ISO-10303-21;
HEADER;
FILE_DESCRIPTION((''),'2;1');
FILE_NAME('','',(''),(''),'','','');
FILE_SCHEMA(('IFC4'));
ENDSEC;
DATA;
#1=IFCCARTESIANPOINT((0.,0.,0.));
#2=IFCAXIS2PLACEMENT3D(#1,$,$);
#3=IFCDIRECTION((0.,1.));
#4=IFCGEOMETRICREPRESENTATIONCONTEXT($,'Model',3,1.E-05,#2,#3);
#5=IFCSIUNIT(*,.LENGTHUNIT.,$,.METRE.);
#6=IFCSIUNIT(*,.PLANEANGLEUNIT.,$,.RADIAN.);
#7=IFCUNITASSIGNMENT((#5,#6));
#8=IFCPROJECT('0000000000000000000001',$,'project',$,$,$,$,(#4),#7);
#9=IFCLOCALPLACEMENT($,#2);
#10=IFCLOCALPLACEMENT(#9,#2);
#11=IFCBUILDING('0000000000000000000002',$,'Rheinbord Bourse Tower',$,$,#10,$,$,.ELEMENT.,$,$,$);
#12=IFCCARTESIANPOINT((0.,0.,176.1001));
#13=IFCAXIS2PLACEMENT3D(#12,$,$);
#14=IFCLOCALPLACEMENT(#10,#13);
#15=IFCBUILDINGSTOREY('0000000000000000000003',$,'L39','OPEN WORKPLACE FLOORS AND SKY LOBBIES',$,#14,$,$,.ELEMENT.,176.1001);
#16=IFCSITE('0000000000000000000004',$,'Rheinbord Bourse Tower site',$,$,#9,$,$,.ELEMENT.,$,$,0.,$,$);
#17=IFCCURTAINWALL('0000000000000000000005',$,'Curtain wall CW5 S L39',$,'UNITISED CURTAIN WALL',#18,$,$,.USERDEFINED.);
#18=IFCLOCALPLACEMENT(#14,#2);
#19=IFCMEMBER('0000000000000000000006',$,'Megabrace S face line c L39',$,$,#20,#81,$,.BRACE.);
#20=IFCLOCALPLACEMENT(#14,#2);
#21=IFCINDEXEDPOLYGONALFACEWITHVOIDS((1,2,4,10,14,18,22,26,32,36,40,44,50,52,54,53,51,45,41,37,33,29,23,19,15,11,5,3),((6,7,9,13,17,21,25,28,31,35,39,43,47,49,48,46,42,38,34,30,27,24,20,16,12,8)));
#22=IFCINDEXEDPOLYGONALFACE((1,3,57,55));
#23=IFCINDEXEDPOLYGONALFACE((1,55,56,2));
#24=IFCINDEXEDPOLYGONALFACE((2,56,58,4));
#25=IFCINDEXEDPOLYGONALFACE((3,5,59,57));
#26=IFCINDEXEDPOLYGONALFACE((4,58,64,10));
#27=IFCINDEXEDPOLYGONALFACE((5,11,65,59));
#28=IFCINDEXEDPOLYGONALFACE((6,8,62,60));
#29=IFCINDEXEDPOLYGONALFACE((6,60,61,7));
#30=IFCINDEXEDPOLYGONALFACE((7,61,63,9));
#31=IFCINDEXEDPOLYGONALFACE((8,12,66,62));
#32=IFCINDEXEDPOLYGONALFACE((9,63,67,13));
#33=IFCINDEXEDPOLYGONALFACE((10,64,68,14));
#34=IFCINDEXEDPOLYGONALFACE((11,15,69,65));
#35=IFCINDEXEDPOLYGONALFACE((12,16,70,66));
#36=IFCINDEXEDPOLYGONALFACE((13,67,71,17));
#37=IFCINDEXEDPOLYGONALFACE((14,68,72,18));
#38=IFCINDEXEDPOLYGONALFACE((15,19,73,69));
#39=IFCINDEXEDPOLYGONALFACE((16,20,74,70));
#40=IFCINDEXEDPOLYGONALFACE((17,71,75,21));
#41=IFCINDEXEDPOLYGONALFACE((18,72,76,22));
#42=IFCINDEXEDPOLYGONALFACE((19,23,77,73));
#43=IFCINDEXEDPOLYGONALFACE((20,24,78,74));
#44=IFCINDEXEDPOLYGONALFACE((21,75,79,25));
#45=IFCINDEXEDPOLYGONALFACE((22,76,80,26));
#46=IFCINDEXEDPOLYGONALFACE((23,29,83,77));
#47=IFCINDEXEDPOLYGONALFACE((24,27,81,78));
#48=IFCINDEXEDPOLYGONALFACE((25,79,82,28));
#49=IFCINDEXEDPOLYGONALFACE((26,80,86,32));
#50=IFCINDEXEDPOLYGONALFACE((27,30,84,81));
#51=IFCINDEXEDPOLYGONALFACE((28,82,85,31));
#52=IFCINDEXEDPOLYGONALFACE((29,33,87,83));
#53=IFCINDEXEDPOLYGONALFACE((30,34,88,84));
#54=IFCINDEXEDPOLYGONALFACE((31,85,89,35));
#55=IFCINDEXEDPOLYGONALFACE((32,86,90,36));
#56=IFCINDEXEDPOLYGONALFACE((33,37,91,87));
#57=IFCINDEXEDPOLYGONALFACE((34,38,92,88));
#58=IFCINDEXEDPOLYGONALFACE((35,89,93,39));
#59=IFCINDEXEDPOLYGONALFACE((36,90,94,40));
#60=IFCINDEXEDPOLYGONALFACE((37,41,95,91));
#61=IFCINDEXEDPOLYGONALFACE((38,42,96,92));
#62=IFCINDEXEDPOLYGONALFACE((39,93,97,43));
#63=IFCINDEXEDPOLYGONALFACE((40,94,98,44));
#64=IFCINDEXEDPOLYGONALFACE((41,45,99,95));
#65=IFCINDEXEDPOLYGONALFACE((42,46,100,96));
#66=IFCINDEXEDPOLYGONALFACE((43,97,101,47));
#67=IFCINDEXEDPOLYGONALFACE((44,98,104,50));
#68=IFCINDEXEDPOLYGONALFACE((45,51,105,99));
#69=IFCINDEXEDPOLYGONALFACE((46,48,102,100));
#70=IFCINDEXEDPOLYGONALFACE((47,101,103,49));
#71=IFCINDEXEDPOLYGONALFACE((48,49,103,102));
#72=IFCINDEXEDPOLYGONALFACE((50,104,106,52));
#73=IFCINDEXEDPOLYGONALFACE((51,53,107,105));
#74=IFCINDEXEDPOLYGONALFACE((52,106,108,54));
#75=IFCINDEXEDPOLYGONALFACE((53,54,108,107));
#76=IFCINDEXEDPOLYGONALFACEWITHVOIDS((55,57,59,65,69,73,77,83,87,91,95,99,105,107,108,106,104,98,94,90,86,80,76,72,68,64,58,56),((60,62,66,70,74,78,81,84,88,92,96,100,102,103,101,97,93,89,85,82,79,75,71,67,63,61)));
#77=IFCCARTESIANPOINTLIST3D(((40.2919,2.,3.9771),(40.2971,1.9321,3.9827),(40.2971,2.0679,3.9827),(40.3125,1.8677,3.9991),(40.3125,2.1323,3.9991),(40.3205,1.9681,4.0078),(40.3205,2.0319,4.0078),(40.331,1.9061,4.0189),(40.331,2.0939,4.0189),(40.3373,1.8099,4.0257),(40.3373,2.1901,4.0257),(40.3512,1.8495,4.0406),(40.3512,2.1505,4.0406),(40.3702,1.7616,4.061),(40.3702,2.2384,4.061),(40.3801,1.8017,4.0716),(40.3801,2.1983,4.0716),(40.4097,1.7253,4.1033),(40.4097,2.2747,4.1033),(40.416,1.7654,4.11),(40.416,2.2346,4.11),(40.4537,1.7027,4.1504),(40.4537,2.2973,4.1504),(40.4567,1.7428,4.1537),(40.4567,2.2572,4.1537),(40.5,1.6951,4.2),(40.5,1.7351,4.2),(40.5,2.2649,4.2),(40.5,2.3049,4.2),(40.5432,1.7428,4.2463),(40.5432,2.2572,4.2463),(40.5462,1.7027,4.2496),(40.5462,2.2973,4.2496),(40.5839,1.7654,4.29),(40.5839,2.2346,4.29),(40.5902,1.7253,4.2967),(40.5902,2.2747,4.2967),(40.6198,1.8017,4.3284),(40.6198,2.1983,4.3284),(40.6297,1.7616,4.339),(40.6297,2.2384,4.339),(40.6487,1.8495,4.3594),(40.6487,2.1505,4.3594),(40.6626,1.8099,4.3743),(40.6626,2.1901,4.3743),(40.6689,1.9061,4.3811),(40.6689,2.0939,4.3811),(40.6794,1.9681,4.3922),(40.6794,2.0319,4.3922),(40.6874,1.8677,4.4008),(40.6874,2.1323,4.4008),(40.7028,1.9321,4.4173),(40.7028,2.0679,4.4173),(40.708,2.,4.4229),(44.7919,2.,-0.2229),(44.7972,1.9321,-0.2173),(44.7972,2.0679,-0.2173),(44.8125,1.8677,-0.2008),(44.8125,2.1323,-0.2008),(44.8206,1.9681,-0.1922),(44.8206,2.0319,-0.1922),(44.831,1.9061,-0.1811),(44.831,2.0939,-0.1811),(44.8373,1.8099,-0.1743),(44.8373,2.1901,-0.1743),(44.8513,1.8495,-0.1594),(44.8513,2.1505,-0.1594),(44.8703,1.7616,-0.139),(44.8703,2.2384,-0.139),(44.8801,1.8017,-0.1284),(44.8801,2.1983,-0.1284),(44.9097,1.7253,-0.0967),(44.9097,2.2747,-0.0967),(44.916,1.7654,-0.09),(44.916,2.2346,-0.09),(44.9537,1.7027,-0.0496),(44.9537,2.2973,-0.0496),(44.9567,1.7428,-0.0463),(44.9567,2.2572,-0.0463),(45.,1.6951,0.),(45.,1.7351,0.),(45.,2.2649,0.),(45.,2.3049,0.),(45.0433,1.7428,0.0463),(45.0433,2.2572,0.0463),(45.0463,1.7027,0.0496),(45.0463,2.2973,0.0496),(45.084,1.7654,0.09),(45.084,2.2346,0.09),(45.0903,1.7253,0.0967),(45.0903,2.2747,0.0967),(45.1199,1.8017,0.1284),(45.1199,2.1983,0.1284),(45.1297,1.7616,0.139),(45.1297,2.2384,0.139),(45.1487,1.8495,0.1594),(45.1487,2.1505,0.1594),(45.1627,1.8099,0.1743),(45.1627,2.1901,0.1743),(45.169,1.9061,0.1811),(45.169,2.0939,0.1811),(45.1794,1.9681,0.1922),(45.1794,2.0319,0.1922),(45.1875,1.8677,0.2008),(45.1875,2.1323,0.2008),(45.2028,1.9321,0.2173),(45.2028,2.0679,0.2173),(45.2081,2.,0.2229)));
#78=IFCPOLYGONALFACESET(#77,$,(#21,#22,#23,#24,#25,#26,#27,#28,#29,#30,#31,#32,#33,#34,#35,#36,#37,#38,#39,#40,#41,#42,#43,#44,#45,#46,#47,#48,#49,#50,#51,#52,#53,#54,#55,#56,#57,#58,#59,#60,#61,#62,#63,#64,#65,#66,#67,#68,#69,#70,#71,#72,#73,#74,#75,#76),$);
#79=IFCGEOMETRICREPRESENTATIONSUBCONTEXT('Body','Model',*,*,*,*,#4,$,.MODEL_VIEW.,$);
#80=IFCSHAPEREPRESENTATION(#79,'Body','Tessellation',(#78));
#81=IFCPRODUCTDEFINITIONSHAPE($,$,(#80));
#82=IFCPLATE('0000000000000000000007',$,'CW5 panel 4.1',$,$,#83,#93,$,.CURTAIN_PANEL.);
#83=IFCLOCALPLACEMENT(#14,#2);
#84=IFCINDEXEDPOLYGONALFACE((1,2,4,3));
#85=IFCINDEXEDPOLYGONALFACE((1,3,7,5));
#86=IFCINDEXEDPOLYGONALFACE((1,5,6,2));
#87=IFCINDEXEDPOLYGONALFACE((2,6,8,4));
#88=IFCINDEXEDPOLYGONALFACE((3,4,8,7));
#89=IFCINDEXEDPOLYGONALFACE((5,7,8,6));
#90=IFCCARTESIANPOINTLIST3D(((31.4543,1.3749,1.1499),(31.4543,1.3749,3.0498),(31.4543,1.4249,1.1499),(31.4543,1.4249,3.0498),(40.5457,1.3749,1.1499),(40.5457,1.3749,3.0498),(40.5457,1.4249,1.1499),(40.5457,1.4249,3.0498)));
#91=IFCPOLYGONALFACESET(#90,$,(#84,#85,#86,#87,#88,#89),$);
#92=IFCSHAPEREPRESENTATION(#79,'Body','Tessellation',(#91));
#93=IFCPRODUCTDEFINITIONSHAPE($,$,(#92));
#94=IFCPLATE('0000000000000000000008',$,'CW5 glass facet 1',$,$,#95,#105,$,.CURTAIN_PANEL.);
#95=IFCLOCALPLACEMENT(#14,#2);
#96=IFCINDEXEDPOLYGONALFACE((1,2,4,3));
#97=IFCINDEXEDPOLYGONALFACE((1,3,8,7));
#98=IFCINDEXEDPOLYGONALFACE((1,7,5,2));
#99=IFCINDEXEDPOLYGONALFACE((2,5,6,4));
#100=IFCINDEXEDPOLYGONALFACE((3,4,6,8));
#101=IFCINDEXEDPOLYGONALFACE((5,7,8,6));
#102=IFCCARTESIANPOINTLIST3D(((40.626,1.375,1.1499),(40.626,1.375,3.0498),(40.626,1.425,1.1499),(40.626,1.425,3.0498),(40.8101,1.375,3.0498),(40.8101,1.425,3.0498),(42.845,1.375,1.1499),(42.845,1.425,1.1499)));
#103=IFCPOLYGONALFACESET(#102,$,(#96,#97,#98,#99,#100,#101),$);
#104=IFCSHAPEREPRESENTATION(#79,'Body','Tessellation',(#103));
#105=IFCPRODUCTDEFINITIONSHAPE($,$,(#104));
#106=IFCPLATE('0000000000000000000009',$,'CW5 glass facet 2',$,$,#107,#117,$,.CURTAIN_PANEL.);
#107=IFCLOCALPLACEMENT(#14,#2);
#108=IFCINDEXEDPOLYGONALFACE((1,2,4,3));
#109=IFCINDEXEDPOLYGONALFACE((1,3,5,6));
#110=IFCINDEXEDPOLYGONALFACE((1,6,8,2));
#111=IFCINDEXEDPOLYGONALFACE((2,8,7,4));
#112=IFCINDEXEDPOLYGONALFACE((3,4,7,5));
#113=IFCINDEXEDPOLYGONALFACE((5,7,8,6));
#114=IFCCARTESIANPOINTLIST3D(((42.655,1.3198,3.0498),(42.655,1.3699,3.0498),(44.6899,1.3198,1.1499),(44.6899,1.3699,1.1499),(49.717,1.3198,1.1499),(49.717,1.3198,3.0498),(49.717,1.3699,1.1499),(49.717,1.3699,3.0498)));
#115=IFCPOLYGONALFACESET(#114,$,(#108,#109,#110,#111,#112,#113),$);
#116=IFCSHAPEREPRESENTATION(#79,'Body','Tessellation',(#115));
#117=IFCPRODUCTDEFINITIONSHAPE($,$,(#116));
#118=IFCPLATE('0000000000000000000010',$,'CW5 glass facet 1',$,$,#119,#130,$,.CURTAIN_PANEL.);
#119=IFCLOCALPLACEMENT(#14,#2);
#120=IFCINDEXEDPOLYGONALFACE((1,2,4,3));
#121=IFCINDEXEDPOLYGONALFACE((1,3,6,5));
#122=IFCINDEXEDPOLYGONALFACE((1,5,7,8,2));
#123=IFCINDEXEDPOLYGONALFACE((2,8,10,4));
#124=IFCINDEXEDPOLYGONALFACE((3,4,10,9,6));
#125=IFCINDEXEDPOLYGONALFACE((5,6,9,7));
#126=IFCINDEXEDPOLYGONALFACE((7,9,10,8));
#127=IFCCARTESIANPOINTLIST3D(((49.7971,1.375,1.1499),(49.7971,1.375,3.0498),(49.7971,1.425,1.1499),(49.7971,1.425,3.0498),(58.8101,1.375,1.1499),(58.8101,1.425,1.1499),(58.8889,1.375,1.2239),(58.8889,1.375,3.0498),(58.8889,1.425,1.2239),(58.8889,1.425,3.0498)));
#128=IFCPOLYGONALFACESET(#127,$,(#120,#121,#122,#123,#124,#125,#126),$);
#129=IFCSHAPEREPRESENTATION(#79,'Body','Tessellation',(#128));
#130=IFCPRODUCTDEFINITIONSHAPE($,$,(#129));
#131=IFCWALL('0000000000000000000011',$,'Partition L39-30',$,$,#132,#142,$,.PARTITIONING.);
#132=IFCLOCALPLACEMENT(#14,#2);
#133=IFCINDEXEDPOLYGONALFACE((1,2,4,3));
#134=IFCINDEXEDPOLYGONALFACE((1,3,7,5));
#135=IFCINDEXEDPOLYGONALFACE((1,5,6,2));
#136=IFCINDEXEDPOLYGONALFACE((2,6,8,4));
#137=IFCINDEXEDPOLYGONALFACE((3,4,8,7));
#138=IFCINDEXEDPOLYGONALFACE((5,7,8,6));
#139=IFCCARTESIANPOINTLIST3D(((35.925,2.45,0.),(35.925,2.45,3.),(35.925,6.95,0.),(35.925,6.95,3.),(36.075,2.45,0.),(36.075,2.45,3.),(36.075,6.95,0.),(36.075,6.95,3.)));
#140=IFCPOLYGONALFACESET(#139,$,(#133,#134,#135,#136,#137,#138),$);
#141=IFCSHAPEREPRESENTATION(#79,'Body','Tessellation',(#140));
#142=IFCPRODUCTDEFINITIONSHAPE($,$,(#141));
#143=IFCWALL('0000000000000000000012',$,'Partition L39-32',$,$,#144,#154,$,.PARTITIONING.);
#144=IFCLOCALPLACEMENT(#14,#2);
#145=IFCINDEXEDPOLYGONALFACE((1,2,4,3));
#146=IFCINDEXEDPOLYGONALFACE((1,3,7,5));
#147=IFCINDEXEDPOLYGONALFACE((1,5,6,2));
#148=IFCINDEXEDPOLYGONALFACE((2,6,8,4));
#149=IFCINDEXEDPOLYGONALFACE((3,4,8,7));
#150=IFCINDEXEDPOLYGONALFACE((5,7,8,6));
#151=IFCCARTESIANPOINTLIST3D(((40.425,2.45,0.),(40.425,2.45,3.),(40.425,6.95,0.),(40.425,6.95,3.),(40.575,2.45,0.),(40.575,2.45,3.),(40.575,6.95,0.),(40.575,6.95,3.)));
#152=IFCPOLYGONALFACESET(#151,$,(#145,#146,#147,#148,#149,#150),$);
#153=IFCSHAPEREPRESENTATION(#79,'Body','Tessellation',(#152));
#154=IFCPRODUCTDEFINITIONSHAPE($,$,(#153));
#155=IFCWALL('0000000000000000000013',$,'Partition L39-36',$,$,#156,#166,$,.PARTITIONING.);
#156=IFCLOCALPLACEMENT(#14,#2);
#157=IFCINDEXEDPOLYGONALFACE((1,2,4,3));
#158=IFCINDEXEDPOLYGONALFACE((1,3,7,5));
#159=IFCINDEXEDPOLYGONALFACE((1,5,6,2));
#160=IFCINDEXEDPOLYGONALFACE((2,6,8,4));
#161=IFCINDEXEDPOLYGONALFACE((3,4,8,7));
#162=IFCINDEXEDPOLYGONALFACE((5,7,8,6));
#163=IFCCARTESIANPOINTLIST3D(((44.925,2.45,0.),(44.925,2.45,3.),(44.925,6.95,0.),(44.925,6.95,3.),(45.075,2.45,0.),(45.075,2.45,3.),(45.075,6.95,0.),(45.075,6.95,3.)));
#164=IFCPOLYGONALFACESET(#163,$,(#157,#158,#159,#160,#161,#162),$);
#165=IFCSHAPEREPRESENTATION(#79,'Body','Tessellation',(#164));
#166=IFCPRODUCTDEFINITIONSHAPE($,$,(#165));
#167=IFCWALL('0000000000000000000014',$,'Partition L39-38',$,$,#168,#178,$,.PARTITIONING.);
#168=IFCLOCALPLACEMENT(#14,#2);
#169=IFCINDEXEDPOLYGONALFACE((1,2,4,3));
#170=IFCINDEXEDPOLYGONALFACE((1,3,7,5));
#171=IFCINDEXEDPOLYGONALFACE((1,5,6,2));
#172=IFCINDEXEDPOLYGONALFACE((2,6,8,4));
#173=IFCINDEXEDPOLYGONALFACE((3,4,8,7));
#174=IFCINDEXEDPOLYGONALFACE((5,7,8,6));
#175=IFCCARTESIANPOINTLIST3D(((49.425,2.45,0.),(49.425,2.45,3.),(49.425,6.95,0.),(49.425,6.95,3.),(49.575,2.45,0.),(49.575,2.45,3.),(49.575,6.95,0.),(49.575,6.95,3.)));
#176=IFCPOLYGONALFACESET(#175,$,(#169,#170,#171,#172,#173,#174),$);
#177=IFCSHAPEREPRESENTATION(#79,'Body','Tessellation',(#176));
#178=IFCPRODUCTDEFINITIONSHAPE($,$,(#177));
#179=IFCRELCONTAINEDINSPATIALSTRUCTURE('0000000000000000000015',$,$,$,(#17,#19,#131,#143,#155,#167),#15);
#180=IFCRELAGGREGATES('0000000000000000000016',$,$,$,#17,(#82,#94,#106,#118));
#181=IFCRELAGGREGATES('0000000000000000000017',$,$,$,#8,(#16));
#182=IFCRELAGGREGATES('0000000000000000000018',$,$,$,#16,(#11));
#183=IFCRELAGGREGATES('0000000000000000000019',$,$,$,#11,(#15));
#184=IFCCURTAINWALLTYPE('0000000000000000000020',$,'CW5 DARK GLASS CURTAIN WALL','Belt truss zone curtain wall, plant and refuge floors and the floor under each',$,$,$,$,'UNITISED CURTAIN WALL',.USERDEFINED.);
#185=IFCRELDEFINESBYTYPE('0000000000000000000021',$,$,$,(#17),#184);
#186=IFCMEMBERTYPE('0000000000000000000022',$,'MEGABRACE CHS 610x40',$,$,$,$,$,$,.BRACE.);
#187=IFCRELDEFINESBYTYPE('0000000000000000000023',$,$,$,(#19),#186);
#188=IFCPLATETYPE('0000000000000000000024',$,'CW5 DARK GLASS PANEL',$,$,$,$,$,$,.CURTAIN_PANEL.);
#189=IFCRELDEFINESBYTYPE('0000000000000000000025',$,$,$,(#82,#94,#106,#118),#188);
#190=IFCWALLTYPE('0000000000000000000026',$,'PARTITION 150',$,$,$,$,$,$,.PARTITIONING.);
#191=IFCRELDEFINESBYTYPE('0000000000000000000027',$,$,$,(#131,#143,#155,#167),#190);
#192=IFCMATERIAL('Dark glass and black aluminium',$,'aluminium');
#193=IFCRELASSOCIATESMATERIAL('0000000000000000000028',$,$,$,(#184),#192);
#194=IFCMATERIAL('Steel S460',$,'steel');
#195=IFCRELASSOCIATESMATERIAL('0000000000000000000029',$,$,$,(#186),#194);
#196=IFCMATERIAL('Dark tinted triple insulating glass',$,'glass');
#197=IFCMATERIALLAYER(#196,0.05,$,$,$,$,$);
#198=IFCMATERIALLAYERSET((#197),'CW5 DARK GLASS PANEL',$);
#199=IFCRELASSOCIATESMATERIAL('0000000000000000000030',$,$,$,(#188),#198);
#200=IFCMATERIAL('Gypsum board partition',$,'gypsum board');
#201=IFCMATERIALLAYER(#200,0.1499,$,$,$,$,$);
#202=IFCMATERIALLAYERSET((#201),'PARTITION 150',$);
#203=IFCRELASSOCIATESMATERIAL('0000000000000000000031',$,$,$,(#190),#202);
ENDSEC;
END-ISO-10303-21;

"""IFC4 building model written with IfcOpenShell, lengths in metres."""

from ifc_helpers import new_model, si_unit, direction, frame, frame_2d, origin, origin_2d, place, context, subcontext, project, spatial, polyline, rectangle, hollow_circle, outline, extrude, material, layer, layer_set, material_profile, profile_set, type_object, element, aggregate, save


model = new_model("IFC4")

# Units and contexts
model_context = context("Model", 3, precision=1e-05, world=origin(), true_north=direction((0.0, 1.0)))
body_context = subcontext(model_context, "Body", "Model", "MODEL_VIEW")
ifc_project = project(units=[si_unit("LENGTHUNIT", "METRE"), si_unit("PLANEANGLEUNIT", "RADIAN")], contexts=[model_context])

# Site, building, storey
site_placement = place(None, origin())
site = spatial("IfcSite", under=ifc_project, at=site_placement, Name="Rheinbord Bourse Tower site", CompositionType="ELEMENT", RefElevation=0.0)
building_placement = place(site_placement, origin())
building = spatial("IfcBuilding", under=site, at=building_placement, Name="Rheinbord Bourse Tower", CompositionType="ELEMENT")
storey_placement = place(building_placement, frame((0.0, 0.0, 176.1001)))
storey = spatial("IfcBuildingStorey", under=building, at=storey_placement, Name="L39", Description="OPEN WORKPLACE FLOORS AND SKY LOBBIES", CompositionType="ELEMENT", Elevation=176.1001)

# Curtain wall
ifc_material_1 = material(Name="Dark glass and black aluminium", Category="aluminium")
curtain_wall_type = type_object("IfcCurtainWallType", Name="CW5 DARK GLASS CURTAIN WALL", Description="Belt truss zone curtain wall, plant and refuge floors and the floor under each", ElementType="UNITISED CURTAIN WALL", PredefinedType="USERDEFINED", material=ifc_material_1)
curtain_wall_placement = place(storey_placement, origin())
curtain_wall = element("IfcCurtainWall", 1, at=curtain_wall_placement, inside=storey, type_object=curtain_wall_type, Name="Curtain wall CW5 S L39", ObjectType="UNITISED CURTAIN WALL", PredefinedType="USERDEFINED")

# Member
ifc_material_2 = material(Name="Steel S460", Category="steel")
ifc_material_profile_1 = material_profile(ifc_material_2, hollow_circle(Radius=0.3049, WallThickness=0.04, at=origin_2d()), Name="CHS 610x40")
ifc_profile_set_1 = profile_set([ifc_material_profile_1], Name="Steel S460")
member_type_1 = type_object("IfcMemberType", Name="MEGABRACE CHS 610x40", PredefinedType="BRACE", material=ifc_profile_set_1)
member_1_placement = place(storey_placement, frame((45.0, 2.0, 0.0), z_axis=(-0.731059, 0.0, 0.682314), x_axis=(0.0, -1.0, 0.0)))
element("IfcMember", 2, at=member_1_placement, inside=storey, type_object=member_type_1, Name="Megabrace S face line c L39", PredefinedType="BRACE", context=body_context, shape_type="SweptSolid", body=[
    extrude(hollow_circle(Radius=0.3049, WallThickness=0.04, at=origin_2d()), origin(), (0.0, 0.0, 1.0), 6.1555),
])

# Plates
ifc_material_3 = material(Name="Dark tinted triple insulating glass", Category="glass")
ifc_layer_1 = layer(ifc_material_3, 0.05)
ifc_layer_set_1 = layer_set([ifc_layer_1], Name="CW5 DARK GLASS PANEL")
plate_type = type_object("IfcPlateType", Name="CW5 DARK GLASS PANEL", PredefinedType="CURTAIN_PANEL", material=ifc_layer_set_1)
plate_1_placement = place(storey_placement, frame((36.0, 1.3999, 1.1499), z_axis=(0.0, 0.0, 1.0), x_axis=(1.0, 0.0, 0.0)))
plate_1 = element("IfcPlate", 3, at=plate_1_placement, type_object=plate_type, Name="CW5 panel 4.1", PredefinedType="CURTAIN_PANEL", context=body_context, shape_type="SweptSolid", body=[
    extrude(rectangle(XDim=9.0913, YDim=0.05, at=origin_2d()), origin(), (0.0, 0.0, 1.0), 1.8999),
])
plate_2_placement = place(storey_placement, frame((40.626, 1.375, 1.1499), z_axis=(0.0, 1.0, 0.0), x_axis=(0.0, 0.0, 1.0)))
plate_2 = element("IfcPlate", 4, at=plate_2_placement, type_object=plate_type, Name="CW5 glass facet 1", PredefinedType="CURTAIN_PANEL", context=body_context, shape_type="SweptSolid", body=[
    extrude(outline(polyline([(0.0, 0.0), (1.8999, 0.0), (1.8999, 0.1841), (0.0, 2.219), (0.0, 0.0)])), origin(), (0.0, 0.0, 1.0), 0.05),
])
plate_3_placement = place(storey_placement, frame((49.717, 1.3198, 3.0498), z_axis=(0.0, 1.0, 0.0), x_axis=(0.0, 0.0, -1.0)))
plate_3 = element("IfcPlate", 5, at=plate_3_placement, type_object=plate_type, Name="CW5 glass facet 2", PredefinedType="CURTAIN_PANEL", context=body_context, shape_type="SweptSolid", body=[
    extrude(outline(polyline([(0.0, 0.0), (1.8999, 0.0), (1.8999, 5.0271), (0.0, 7.062), (0.0, 0.0)])), origin(), (0.0, 0.0, 1.0), 0.05),
])
plate_4_placement = place(storey_placement, frame((49.7971, 1.375, 1.1499), z_axis=(0.0, 1.0, 0.0), x_axis=(0.0, 0.0, 1.0)))
plate_4 = element("IfcPlate", 6, at=plate_4_placement, type_object=plate_type, Name="CW5 glass facet 1", PredefinedType="CURTAIN_PANEL", context=body_context, shape_type="SweptSolid", body=[
    extrude(outline(polyline([(0.0, 0.0), (1.8999, 0.0), (1.8999, 9.0918), (0.074, 9.0918), (0.0, 9.0129), (0.0, 0.0)])), origin(), (0.0, 0.0, 1.0), 0.05),
])
aggregate(curtain_wall, [plate_1, plate_2, plate_3, plate_4])

# Walls
ifc_material_4 = material(Name="Gypsum board partition", Category="gypsum board")
ifc_layer_2 = layer(ifc_material_4, 0.1499)
ifc_layer_set_2 = layer_set([ifc_layer_2], Name="PARTITION 150")
wall_type = type_object("IfcWallType", Name="PARTITION 150", PredefinedType="PARTITIONING", material=ifc_layer_set_2)
for number, where, z_axis, x_axis, name in (
    (7, (36.0, 2.45, 0.0), (0.0, 0.0, 1.0), (0.0, 1.0, 0.0), "Partition L39-30"),
    (8, (40.5, 2.45, 0.0), (0.0, 0.0, 1.0), (0.0, 1.0, 0.0), "Partition L39-32"),
    (9, (45.0, 2.45, 0.0), (0.0, 0.0, 1.0), (0.0, 1.0, 0.0), "Partition L39-36"),
    (10, (49.5, 2.45, 0.0), (0.0, 0.0, 1.0), (0.0, 1.0, 0.0), "Partition L39-38"),
):
    element("IfcWall", number, at=place(storey_placement, frame(where, z_axis=z_axis, x_axis=x_axis)), inside=storey, type_object=wall_type, Name=name, PredefinedType="PARTITIONING", context=body_context, shape_type="SweptSolid", body=[
        extrude(rectangle(XDim=4.5, YDim=0.1499, at=frame_2d((2.25, 0.0))), origin(), (0.0, 0.0, 1.0), 3.0),
    ])

save(model, "model.ifc")
